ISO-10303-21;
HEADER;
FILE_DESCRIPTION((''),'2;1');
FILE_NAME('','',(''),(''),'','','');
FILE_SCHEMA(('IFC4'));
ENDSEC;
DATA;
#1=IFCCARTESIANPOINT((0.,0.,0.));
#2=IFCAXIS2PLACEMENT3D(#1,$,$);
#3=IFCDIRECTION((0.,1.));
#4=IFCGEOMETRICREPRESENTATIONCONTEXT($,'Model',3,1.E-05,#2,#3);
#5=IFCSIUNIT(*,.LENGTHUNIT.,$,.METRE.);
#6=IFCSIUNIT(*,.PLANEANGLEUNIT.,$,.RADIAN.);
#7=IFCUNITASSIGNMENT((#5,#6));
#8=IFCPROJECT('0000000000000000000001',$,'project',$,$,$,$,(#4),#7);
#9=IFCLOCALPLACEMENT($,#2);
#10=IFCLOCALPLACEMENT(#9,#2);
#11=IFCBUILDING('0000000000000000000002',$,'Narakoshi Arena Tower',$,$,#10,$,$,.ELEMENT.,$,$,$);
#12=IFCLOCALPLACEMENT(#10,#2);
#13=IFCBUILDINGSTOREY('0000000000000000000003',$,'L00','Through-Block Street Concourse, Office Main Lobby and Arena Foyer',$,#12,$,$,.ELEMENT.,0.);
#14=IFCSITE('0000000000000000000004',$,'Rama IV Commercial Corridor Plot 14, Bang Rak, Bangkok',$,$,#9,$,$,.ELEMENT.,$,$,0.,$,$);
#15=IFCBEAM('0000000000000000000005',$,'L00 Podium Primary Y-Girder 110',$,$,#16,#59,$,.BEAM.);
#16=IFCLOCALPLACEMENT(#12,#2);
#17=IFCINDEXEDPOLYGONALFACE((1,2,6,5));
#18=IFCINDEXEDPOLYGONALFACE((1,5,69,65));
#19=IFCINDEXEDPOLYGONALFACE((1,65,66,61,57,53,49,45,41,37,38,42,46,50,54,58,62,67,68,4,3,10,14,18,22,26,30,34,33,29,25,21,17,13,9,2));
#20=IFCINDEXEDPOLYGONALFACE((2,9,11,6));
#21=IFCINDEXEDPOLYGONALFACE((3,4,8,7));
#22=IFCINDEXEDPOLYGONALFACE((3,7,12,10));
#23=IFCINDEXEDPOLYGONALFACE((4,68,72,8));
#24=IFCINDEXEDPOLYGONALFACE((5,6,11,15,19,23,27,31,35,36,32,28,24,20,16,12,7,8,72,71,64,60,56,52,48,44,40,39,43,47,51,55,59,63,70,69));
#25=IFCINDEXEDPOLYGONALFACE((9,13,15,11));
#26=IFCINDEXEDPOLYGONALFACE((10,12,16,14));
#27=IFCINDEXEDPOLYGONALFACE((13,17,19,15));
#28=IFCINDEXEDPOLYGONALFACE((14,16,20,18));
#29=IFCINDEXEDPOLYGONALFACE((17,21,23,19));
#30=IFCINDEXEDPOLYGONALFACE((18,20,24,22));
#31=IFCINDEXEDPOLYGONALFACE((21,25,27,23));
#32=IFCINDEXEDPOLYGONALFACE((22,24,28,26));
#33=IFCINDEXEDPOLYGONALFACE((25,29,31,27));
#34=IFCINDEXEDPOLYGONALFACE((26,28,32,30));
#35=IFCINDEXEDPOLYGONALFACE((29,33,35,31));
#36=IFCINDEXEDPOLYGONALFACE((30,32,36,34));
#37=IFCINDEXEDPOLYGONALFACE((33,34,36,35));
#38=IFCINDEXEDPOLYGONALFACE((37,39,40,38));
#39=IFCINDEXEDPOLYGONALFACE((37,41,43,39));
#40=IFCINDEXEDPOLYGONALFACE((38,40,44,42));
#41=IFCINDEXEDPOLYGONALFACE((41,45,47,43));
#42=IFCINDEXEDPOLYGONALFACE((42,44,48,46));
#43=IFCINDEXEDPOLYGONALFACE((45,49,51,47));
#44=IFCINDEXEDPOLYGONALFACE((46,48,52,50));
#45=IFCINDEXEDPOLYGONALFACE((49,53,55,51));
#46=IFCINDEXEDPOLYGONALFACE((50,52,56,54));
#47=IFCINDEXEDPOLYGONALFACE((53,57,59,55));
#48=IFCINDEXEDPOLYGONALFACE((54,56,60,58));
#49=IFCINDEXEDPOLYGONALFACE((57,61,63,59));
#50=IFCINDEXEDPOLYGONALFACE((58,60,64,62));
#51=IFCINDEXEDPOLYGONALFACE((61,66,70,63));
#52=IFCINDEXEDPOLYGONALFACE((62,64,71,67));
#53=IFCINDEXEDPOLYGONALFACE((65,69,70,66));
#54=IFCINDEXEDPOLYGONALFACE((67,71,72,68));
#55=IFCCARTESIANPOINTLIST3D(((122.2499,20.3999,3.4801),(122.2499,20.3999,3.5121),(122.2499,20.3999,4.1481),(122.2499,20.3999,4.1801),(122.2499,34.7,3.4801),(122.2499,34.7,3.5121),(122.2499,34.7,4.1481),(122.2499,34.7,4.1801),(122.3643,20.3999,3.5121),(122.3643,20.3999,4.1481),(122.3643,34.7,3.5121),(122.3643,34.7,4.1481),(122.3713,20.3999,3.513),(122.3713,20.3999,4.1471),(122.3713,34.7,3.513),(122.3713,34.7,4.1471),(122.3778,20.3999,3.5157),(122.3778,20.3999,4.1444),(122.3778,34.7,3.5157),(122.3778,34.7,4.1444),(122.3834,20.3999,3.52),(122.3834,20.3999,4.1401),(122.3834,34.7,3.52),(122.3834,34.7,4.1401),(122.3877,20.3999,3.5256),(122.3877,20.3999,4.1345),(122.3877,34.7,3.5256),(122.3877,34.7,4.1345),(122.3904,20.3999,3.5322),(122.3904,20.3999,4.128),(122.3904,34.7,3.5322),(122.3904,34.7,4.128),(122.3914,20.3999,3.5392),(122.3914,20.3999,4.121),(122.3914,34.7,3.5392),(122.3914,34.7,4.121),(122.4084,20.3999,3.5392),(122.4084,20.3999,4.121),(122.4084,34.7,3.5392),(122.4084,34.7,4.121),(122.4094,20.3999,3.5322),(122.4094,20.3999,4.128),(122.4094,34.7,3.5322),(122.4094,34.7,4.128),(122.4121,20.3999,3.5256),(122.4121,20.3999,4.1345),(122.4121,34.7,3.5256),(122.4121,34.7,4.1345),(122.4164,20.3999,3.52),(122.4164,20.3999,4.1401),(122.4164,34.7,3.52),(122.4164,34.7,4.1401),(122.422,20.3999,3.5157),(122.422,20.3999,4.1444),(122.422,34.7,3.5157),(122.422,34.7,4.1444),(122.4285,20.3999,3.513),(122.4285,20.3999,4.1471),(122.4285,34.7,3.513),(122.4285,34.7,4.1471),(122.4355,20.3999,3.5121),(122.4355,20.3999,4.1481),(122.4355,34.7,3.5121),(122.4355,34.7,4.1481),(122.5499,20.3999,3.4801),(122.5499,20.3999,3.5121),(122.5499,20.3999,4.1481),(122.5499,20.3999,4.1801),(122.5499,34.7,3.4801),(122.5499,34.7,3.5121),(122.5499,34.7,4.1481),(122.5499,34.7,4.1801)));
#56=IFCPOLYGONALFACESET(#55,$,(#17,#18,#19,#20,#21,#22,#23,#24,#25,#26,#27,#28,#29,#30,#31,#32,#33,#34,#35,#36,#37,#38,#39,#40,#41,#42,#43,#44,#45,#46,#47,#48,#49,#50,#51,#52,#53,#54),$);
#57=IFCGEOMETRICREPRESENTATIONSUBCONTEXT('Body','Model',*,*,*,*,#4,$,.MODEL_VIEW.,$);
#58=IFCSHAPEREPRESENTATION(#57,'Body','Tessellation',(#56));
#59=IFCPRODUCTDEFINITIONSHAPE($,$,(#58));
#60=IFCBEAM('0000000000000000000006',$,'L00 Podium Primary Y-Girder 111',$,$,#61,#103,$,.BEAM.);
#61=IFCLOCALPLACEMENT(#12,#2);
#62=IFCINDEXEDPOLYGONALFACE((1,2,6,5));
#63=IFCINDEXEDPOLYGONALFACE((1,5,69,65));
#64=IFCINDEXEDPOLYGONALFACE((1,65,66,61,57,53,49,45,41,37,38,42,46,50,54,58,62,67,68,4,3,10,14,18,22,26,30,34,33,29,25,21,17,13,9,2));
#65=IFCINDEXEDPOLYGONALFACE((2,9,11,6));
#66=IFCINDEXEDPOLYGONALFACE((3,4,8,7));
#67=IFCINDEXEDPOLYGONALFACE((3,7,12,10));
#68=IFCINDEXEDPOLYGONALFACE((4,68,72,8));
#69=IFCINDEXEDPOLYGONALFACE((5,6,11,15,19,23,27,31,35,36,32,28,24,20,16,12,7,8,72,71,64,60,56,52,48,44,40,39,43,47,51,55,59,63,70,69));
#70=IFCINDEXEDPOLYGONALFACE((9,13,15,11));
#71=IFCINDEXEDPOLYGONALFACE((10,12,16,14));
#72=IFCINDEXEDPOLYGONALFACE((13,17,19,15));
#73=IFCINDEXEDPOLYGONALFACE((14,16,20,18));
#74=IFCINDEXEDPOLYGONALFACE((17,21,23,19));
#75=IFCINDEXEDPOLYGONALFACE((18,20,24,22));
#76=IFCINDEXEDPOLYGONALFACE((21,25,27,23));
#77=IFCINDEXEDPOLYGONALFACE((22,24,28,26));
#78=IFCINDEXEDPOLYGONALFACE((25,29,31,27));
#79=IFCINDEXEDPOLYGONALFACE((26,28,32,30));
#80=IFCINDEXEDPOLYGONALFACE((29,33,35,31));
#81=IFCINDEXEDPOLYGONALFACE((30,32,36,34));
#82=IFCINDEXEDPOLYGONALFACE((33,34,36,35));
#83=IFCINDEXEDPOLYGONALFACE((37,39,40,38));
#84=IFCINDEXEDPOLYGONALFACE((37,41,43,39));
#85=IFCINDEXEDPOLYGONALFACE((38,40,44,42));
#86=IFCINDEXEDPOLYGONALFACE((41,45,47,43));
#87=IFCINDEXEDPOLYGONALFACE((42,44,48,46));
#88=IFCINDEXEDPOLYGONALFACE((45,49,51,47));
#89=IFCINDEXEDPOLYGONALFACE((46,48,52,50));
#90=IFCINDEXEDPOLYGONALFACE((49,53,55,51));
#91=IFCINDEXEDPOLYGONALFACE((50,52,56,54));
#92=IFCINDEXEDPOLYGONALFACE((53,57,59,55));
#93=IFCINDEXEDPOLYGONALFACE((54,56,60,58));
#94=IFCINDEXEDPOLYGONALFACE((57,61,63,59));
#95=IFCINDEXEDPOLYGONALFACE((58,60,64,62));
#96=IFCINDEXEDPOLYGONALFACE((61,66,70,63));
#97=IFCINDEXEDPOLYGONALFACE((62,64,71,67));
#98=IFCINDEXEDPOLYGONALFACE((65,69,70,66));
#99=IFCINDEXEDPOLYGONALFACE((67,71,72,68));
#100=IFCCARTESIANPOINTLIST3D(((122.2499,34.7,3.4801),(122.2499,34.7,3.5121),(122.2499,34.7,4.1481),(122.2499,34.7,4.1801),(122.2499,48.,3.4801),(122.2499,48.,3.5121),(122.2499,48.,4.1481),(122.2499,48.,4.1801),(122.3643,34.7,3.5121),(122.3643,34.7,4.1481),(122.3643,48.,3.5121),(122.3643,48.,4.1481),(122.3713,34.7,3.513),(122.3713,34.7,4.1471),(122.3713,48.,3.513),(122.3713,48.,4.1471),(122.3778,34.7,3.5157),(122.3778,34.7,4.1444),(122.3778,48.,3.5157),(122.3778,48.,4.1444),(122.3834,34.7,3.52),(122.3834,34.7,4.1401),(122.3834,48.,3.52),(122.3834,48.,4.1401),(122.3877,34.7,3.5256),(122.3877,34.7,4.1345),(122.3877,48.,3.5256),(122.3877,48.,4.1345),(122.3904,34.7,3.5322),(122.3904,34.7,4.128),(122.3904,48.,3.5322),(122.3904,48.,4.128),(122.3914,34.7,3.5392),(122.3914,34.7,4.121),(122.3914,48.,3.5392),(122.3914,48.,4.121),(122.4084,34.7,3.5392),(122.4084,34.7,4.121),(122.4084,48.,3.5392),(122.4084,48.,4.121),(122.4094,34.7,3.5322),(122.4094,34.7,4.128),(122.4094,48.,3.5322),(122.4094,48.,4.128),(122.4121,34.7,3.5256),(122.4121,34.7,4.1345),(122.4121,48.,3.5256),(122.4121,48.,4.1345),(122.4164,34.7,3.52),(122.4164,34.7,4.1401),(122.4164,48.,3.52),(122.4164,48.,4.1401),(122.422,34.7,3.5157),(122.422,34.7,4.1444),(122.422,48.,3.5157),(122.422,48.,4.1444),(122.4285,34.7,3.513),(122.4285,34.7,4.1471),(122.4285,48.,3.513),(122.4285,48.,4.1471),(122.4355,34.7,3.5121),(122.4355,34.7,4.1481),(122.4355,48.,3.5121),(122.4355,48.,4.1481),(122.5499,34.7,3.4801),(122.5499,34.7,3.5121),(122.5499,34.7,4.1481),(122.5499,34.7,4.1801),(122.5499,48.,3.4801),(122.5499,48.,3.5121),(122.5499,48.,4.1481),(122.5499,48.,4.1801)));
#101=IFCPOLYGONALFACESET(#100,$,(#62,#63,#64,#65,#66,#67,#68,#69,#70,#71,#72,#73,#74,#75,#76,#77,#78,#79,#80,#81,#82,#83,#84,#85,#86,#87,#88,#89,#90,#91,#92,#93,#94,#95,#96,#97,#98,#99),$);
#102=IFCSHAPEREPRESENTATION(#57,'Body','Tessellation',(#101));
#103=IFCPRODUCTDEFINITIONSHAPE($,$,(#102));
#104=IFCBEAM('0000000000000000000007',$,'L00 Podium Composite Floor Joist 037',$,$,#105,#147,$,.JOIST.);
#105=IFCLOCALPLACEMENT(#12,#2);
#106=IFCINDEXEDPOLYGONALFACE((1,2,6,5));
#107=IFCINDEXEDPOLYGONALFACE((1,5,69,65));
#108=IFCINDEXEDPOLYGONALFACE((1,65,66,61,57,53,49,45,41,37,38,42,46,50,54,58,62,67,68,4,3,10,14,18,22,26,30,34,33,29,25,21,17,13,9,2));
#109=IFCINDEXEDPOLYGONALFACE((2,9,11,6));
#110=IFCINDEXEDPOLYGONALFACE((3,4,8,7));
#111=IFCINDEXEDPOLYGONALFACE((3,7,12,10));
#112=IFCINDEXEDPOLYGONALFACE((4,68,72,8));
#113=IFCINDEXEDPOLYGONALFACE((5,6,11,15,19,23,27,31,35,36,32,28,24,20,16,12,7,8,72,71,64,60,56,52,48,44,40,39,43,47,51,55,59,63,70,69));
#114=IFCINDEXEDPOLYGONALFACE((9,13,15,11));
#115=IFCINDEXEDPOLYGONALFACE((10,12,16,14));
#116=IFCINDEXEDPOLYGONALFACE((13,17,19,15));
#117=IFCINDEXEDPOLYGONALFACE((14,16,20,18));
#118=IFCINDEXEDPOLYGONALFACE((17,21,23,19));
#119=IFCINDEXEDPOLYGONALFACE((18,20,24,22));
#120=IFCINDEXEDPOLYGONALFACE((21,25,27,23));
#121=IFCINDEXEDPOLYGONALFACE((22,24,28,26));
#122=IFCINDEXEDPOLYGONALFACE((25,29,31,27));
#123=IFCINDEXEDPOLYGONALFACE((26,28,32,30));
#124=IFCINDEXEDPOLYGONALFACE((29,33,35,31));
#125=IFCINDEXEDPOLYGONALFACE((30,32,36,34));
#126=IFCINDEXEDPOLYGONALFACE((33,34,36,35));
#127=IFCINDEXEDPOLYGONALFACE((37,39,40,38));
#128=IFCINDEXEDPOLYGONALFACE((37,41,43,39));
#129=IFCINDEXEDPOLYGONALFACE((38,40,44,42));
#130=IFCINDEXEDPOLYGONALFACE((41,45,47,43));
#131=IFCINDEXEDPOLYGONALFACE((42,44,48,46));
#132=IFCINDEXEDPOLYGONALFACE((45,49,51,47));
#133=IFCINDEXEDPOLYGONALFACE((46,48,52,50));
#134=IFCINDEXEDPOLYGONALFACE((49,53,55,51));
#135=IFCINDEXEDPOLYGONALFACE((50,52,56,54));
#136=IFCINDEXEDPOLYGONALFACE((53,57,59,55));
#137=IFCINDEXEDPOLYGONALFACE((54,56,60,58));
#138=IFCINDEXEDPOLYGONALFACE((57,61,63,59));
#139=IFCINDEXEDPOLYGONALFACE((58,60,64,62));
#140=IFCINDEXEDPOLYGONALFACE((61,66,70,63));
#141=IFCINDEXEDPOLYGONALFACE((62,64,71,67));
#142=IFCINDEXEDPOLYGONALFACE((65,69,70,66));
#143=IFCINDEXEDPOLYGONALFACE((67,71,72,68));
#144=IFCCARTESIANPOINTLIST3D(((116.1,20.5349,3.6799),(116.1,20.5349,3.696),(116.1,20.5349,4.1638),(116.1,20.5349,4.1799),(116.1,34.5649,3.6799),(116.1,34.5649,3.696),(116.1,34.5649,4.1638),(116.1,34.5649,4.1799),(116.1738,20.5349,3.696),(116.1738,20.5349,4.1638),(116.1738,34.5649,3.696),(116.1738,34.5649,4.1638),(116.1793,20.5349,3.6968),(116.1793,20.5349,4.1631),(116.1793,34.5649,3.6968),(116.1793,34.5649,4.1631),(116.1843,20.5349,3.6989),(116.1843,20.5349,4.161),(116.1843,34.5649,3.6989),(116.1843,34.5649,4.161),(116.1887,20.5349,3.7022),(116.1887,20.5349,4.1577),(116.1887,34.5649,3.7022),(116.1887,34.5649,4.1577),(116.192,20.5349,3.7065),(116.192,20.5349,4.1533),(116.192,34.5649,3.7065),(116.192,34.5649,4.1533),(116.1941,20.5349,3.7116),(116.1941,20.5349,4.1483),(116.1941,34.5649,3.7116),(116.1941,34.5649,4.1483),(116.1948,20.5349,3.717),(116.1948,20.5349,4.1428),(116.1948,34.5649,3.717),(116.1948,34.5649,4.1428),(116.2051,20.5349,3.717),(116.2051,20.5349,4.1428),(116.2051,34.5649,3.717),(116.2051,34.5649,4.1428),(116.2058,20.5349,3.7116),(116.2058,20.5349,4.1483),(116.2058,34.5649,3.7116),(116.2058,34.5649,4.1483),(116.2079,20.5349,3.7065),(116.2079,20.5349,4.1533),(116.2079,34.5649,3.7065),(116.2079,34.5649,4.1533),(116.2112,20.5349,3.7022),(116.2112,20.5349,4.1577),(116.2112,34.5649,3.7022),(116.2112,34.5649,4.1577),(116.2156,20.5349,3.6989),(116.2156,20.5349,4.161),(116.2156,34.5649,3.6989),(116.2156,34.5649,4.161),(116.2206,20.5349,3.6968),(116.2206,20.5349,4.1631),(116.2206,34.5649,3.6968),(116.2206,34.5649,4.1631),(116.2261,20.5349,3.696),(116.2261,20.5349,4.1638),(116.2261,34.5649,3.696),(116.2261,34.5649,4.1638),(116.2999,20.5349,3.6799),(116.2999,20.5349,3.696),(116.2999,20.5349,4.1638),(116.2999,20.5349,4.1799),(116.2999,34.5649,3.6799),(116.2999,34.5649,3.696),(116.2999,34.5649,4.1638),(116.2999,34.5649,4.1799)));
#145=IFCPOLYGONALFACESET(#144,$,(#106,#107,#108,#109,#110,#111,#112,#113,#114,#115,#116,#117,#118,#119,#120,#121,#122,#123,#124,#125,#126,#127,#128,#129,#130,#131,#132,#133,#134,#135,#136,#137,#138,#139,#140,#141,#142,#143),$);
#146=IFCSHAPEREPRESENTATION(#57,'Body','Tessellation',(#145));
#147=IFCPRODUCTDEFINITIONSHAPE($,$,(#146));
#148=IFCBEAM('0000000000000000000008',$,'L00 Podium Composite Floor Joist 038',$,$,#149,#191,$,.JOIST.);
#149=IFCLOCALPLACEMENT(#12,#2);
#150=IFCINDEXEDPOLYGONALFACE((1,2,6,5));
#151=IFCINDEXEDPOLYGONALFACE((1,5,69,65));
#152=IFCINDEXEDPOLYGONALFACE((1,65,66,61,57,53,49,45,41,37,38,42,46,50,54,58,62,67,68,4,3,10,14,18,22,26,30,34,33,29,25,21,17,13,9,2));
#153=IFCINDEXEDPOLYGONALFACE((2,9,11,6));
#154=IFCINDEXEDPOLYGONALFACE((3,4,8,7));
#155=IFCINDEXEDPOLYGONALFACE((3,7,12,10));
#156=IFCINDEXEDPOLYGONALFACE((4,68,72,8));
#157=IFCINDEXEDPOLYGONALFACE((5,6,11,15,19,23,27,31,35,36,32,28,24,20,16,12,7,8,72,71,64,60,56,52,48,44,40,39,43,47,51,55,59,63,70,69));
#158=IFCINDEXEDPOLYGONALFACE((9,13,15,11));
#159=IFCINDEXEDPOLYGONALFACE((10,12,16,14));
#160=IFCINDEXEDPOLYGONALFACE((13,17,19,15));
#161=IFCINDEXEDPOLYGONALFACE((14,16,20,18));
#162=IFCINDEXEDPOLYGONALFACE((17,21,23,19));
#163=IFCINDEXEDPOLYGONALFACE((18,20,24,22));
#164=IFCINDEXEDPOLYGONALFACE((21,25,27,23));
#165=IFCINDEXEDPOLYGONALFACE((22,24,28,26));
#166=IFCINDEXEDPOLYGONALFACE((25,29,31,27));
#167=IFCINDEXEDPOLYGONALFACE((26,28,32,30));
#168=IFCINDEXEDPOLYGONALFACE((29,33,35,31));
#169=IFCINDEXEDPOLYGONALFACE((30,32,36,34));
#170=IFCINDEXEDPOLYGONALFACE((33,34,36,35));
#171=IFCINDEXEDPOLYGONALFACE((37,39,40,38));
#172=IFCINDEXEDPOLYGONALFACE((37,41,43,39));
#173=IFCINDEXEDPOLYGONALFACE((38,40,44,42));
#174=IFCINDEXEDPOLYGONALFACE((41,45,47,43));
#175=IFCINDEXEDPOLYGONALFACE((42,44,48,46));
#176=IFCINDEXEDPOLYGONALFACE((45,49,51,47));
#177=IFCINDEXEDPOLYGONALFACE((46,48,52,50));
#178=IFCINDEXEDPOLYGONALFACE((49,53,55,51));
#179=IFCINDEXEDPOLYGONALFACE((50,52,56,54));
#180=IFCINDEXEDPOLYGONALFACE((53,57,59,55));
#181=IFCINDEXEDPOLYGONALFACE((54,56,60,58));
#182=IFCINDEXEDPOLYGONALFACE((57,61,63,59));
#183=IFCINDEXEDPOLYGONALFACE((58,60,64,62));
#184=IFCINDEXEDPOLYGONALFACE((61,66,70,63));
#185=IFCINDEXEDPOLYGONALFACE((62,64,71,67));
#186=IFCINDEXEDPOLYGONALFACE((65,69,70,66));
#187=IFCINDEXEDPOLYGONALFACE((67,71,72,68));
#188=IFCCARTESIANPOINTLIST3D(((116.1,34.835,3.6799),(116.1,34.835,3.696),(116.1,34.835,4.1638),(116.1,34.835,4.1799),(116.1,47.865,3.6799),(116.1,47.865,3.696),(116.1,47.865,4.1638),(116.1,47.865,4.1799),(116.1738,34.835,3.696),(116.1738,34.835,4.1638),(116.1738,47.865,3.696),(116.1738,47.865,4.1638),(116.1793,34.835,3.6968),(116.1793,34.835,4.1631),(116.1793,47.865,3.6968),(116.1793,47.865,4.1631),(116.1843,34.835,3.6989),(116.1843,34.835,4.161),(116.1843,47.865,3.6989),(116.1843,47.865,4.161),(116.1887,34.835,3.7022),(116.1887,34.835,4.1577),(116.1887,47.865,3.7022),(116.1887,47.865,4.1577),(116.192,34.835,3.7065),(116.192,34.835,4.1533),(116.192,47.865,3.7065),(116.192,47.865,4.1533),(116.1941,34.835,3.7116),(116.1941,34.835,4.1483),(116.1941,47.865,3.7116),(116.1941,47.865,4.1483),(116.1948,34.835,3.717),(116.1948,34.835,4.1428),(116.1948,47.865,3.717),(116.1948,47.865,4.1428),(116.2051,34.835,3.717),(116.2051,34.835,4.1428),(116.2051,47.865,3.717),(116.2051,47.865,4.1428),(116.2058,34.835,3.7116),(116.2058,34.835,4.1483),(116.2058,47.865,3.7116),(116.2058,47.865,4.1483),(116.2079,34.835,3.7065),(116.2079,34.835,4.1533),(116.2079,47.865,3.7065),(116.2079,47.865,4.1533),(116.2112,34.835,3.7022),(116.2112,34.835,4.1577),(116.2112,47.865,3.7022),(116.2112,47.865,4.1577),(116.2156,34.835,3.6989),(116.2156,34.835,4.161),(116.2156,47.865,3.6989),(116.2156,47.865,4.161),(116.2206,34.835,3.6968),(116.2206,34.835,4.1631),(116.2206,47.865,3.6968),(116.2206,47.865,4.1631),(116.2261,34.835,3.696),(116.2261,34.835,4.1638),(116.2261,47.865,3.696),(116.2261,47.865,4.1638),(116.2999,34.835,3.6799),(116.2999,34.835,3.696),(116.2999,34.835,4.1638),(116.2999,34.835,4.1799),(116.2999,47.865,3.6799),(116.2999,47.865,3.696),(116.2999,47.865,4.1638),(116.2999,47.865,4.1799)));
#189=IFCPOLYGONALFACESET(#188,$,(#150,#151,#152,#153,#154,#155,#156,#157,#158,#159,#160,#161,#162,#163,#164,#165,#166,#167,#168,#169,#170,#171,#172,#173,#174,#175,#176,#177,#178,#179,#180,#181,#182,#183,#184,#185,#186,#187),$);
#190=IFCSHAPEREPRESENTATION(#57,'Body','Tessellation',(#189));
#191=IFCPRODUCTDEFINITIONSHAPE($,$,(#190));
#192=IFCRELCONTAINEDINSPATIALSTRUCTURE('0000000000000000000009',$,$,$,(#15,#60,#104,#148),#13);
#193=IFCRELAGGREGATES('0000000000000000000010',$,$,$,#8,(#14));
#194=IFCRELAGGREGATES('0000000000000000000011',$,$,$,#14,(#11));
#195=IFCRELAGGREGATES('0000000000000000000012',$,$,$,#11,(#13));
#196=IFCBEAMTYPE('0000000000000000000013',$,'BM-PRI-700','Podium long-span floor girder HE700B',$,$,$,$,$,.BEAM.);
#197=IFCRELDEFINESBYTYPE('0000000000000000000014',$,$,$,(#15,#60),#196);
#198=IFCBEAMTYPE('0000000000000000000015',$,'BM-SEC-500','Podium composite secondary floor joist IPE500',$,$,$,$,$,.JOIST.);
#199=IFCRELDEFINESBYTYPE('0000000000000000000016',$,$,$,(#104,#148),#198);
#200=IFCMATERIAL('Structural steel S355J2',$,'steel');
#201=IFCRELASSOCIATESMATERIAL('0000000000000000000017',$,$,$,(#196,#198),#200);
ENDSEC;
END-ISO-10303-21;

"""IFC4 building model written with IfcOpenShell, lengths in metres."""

from ifc_helpers import new_model, si_unit, direction, frame, origin, origin_2d, place, context, subcontext, project, spatial, i_section, extrude, material, material_profile, profile_set, type_object, element, save


model = new_model("IFC4")

# Units and contexts
model_context = context("Model", 3, precision=1e-05, world=origin(), true_north=direction((0.0, 1.0)))
body_context = subcontext(model_context, "Body", "Model", "MODEL_VIEW")
ifc_project = project(units=[si_unit("LENGTHUNIT", "METRE"), si_unit("PLANEANGLEUNIT", "RADIAN")], contexts=[model_context])

# Site, building, storey
site_placement = place(None, origin())
site = spatial("IfcSite", under=ifc_project, at=site_placement, Name="Rama IV Commercial Corridor Plot 14, Bang Rak, Bangkok", CompositionType="ELEMENT", RefElevation=0.0)
building_placement = place(site_placement, origin())
building = spatial("IfcBuilding", under=site, at=building_placement, Name="Narakoshi Arena Tower", CompositionType="ELEMENT")
storey_placement = place(building_placement, origin())
storey = spatial("IfcBuildingStorey", under=building, at=storey_placement, Name="L00", Description="Through-Block Street Concourse, Office Main Lobby and Arena Foyer", CompositionType="ELEMENT", Elevation=0.0)

# Shared definitions
ifc_material_1 = material(Name="Structural steel S355J2", Category="steel")

# Beams
ifc_material_profile_1 = material_profile(ifc_material_1, i_section(OverallWidth=0.3, OverallDepth=0.7, WebThickness=0.0171, FlangeThickness=0.032, FilletRadius=0.0271, at=origin_2d()), Name="HE700B")
ifc_profile_set_1 = profile_set([ifc_material_profile_1], Name="Structural steel S355J2")
beam_type_1 = type_object("IfcBeamType", Name="BM-PRI-700", Description="Podium long-span floor girder HE700B", PredefinedType="BEAM", material=ifc_profile_set_1)
beam_1_placement = place(storey_placement, frame((122.3999, 20.3999, 3.8301), z_axis=(0.0, 1.0, 0.0), x_axis=(-1.0, 0.0, 0.0)))
element("IfcBeam", 1, at=beam_1_placement, inside=storey, type_object=beam_type_1, Name="L00 Podium Primary Y-Girder 110", PredefinedType="BEAM", context=body_context, shape_type="SweptSolid", body=[
    extrude(i_section(OverallWidth=0.3, OverallDepth=0.7, WebThickness=0.0171, FlangeThickness=0.032, FilletRadius=0.0271, at=origin_2d()), origin(), (0.0, 0.0, 1.0), 14.3),
])
beam_2_placement = place(storey_placement, frame((122.3999, 34.7, 3.8301), z_axis=(0.0, 1.0, 0.0), x_axis=(-1.0, 0.0, 0.0)))
element("IfcBeam", 2, at=beam_2_placement, inside=storey, type_object=beam_type_1, Name="L00 Podium Primary Y-Girder 111", PredefinedType="BEAM", context=body_context, shape_type="SweptSolid", body=[
    extrude(i_section(OverallWidth=0.3, OverallDepth=0.7, WebThickness=0.0171, FlangeThickness=0.032, FilletRadius=0.0271, at=origin_2d()), origin(), (0.0, 0.0, 1.0), 13.3),
])
ifc_material_profile_2 = material_profile(ifc_material_1, i_section(OverallWidth=0.2, OverallDepth=0.5, WebThickness=0.0103, FlangeThickness=0.0161, FilletRadius=0.021, at=origin_2d()), Name="IPE500")
ifc_profile_set_2 = profile_set([ifc_material_profile_2], Name="Structural steel S355J2")
beam_type_2 = type_object("IfcBeamType", Name="BM-SEC-500", Description="Podium composite secondary floor joist IPE500", PredefinedType="JOIST", material=ifc_profile_set_2)
beam_3_placement = place(storey_placement, frame((116.2, 20.5349, 3.9299), z_axis=(0.0, 1.0, 0.0), x_axis=(-1.0, 0.0, 0.0)))
element("IfcBeam", 3, at=beam_3_placement, inside=storey, type_object=beam_type_2, Name="L00 Podium Composite Floor Joist 037", PredefinedType="JOIST", context=body_context, shape_type="SweptSolid", body=[
    extrude(i_section(OverallWidth=0.2, OverallDepth=0.5, WebThickness=0.0103, FlangeThickness=0.0161, FilletRadius=0.021, at=origin_2d()), origin(), (0.0, 0.0, 1.0), 14.03),
])
beam_4_placement = place(storey_placement, frame((116.2, 34.835, 3.9299), z_axis=(0.0, 1.0, 0.0), x_axis=(-1.0, 0.0, 0.0)))
element("IfcBeam", 4, at=beam_4_placement, inside=storey, type_object=beam_type_2, Name="L00 Podium Composite Floor Joist 038", PredefinedType="JOIST", context=body_context, shape_type="SweptSolid", body=[
    extrude(i_section(OverallWidth=0.2, OverallDepth=0.5, WebThickness=0.0103, FlangeThickness=0.0161, FilletRadius=0.021, at=origin_2d()), origin(), (0.0, 0.0, 1.0), 13.03),
])

save(model, "model.ifc")
